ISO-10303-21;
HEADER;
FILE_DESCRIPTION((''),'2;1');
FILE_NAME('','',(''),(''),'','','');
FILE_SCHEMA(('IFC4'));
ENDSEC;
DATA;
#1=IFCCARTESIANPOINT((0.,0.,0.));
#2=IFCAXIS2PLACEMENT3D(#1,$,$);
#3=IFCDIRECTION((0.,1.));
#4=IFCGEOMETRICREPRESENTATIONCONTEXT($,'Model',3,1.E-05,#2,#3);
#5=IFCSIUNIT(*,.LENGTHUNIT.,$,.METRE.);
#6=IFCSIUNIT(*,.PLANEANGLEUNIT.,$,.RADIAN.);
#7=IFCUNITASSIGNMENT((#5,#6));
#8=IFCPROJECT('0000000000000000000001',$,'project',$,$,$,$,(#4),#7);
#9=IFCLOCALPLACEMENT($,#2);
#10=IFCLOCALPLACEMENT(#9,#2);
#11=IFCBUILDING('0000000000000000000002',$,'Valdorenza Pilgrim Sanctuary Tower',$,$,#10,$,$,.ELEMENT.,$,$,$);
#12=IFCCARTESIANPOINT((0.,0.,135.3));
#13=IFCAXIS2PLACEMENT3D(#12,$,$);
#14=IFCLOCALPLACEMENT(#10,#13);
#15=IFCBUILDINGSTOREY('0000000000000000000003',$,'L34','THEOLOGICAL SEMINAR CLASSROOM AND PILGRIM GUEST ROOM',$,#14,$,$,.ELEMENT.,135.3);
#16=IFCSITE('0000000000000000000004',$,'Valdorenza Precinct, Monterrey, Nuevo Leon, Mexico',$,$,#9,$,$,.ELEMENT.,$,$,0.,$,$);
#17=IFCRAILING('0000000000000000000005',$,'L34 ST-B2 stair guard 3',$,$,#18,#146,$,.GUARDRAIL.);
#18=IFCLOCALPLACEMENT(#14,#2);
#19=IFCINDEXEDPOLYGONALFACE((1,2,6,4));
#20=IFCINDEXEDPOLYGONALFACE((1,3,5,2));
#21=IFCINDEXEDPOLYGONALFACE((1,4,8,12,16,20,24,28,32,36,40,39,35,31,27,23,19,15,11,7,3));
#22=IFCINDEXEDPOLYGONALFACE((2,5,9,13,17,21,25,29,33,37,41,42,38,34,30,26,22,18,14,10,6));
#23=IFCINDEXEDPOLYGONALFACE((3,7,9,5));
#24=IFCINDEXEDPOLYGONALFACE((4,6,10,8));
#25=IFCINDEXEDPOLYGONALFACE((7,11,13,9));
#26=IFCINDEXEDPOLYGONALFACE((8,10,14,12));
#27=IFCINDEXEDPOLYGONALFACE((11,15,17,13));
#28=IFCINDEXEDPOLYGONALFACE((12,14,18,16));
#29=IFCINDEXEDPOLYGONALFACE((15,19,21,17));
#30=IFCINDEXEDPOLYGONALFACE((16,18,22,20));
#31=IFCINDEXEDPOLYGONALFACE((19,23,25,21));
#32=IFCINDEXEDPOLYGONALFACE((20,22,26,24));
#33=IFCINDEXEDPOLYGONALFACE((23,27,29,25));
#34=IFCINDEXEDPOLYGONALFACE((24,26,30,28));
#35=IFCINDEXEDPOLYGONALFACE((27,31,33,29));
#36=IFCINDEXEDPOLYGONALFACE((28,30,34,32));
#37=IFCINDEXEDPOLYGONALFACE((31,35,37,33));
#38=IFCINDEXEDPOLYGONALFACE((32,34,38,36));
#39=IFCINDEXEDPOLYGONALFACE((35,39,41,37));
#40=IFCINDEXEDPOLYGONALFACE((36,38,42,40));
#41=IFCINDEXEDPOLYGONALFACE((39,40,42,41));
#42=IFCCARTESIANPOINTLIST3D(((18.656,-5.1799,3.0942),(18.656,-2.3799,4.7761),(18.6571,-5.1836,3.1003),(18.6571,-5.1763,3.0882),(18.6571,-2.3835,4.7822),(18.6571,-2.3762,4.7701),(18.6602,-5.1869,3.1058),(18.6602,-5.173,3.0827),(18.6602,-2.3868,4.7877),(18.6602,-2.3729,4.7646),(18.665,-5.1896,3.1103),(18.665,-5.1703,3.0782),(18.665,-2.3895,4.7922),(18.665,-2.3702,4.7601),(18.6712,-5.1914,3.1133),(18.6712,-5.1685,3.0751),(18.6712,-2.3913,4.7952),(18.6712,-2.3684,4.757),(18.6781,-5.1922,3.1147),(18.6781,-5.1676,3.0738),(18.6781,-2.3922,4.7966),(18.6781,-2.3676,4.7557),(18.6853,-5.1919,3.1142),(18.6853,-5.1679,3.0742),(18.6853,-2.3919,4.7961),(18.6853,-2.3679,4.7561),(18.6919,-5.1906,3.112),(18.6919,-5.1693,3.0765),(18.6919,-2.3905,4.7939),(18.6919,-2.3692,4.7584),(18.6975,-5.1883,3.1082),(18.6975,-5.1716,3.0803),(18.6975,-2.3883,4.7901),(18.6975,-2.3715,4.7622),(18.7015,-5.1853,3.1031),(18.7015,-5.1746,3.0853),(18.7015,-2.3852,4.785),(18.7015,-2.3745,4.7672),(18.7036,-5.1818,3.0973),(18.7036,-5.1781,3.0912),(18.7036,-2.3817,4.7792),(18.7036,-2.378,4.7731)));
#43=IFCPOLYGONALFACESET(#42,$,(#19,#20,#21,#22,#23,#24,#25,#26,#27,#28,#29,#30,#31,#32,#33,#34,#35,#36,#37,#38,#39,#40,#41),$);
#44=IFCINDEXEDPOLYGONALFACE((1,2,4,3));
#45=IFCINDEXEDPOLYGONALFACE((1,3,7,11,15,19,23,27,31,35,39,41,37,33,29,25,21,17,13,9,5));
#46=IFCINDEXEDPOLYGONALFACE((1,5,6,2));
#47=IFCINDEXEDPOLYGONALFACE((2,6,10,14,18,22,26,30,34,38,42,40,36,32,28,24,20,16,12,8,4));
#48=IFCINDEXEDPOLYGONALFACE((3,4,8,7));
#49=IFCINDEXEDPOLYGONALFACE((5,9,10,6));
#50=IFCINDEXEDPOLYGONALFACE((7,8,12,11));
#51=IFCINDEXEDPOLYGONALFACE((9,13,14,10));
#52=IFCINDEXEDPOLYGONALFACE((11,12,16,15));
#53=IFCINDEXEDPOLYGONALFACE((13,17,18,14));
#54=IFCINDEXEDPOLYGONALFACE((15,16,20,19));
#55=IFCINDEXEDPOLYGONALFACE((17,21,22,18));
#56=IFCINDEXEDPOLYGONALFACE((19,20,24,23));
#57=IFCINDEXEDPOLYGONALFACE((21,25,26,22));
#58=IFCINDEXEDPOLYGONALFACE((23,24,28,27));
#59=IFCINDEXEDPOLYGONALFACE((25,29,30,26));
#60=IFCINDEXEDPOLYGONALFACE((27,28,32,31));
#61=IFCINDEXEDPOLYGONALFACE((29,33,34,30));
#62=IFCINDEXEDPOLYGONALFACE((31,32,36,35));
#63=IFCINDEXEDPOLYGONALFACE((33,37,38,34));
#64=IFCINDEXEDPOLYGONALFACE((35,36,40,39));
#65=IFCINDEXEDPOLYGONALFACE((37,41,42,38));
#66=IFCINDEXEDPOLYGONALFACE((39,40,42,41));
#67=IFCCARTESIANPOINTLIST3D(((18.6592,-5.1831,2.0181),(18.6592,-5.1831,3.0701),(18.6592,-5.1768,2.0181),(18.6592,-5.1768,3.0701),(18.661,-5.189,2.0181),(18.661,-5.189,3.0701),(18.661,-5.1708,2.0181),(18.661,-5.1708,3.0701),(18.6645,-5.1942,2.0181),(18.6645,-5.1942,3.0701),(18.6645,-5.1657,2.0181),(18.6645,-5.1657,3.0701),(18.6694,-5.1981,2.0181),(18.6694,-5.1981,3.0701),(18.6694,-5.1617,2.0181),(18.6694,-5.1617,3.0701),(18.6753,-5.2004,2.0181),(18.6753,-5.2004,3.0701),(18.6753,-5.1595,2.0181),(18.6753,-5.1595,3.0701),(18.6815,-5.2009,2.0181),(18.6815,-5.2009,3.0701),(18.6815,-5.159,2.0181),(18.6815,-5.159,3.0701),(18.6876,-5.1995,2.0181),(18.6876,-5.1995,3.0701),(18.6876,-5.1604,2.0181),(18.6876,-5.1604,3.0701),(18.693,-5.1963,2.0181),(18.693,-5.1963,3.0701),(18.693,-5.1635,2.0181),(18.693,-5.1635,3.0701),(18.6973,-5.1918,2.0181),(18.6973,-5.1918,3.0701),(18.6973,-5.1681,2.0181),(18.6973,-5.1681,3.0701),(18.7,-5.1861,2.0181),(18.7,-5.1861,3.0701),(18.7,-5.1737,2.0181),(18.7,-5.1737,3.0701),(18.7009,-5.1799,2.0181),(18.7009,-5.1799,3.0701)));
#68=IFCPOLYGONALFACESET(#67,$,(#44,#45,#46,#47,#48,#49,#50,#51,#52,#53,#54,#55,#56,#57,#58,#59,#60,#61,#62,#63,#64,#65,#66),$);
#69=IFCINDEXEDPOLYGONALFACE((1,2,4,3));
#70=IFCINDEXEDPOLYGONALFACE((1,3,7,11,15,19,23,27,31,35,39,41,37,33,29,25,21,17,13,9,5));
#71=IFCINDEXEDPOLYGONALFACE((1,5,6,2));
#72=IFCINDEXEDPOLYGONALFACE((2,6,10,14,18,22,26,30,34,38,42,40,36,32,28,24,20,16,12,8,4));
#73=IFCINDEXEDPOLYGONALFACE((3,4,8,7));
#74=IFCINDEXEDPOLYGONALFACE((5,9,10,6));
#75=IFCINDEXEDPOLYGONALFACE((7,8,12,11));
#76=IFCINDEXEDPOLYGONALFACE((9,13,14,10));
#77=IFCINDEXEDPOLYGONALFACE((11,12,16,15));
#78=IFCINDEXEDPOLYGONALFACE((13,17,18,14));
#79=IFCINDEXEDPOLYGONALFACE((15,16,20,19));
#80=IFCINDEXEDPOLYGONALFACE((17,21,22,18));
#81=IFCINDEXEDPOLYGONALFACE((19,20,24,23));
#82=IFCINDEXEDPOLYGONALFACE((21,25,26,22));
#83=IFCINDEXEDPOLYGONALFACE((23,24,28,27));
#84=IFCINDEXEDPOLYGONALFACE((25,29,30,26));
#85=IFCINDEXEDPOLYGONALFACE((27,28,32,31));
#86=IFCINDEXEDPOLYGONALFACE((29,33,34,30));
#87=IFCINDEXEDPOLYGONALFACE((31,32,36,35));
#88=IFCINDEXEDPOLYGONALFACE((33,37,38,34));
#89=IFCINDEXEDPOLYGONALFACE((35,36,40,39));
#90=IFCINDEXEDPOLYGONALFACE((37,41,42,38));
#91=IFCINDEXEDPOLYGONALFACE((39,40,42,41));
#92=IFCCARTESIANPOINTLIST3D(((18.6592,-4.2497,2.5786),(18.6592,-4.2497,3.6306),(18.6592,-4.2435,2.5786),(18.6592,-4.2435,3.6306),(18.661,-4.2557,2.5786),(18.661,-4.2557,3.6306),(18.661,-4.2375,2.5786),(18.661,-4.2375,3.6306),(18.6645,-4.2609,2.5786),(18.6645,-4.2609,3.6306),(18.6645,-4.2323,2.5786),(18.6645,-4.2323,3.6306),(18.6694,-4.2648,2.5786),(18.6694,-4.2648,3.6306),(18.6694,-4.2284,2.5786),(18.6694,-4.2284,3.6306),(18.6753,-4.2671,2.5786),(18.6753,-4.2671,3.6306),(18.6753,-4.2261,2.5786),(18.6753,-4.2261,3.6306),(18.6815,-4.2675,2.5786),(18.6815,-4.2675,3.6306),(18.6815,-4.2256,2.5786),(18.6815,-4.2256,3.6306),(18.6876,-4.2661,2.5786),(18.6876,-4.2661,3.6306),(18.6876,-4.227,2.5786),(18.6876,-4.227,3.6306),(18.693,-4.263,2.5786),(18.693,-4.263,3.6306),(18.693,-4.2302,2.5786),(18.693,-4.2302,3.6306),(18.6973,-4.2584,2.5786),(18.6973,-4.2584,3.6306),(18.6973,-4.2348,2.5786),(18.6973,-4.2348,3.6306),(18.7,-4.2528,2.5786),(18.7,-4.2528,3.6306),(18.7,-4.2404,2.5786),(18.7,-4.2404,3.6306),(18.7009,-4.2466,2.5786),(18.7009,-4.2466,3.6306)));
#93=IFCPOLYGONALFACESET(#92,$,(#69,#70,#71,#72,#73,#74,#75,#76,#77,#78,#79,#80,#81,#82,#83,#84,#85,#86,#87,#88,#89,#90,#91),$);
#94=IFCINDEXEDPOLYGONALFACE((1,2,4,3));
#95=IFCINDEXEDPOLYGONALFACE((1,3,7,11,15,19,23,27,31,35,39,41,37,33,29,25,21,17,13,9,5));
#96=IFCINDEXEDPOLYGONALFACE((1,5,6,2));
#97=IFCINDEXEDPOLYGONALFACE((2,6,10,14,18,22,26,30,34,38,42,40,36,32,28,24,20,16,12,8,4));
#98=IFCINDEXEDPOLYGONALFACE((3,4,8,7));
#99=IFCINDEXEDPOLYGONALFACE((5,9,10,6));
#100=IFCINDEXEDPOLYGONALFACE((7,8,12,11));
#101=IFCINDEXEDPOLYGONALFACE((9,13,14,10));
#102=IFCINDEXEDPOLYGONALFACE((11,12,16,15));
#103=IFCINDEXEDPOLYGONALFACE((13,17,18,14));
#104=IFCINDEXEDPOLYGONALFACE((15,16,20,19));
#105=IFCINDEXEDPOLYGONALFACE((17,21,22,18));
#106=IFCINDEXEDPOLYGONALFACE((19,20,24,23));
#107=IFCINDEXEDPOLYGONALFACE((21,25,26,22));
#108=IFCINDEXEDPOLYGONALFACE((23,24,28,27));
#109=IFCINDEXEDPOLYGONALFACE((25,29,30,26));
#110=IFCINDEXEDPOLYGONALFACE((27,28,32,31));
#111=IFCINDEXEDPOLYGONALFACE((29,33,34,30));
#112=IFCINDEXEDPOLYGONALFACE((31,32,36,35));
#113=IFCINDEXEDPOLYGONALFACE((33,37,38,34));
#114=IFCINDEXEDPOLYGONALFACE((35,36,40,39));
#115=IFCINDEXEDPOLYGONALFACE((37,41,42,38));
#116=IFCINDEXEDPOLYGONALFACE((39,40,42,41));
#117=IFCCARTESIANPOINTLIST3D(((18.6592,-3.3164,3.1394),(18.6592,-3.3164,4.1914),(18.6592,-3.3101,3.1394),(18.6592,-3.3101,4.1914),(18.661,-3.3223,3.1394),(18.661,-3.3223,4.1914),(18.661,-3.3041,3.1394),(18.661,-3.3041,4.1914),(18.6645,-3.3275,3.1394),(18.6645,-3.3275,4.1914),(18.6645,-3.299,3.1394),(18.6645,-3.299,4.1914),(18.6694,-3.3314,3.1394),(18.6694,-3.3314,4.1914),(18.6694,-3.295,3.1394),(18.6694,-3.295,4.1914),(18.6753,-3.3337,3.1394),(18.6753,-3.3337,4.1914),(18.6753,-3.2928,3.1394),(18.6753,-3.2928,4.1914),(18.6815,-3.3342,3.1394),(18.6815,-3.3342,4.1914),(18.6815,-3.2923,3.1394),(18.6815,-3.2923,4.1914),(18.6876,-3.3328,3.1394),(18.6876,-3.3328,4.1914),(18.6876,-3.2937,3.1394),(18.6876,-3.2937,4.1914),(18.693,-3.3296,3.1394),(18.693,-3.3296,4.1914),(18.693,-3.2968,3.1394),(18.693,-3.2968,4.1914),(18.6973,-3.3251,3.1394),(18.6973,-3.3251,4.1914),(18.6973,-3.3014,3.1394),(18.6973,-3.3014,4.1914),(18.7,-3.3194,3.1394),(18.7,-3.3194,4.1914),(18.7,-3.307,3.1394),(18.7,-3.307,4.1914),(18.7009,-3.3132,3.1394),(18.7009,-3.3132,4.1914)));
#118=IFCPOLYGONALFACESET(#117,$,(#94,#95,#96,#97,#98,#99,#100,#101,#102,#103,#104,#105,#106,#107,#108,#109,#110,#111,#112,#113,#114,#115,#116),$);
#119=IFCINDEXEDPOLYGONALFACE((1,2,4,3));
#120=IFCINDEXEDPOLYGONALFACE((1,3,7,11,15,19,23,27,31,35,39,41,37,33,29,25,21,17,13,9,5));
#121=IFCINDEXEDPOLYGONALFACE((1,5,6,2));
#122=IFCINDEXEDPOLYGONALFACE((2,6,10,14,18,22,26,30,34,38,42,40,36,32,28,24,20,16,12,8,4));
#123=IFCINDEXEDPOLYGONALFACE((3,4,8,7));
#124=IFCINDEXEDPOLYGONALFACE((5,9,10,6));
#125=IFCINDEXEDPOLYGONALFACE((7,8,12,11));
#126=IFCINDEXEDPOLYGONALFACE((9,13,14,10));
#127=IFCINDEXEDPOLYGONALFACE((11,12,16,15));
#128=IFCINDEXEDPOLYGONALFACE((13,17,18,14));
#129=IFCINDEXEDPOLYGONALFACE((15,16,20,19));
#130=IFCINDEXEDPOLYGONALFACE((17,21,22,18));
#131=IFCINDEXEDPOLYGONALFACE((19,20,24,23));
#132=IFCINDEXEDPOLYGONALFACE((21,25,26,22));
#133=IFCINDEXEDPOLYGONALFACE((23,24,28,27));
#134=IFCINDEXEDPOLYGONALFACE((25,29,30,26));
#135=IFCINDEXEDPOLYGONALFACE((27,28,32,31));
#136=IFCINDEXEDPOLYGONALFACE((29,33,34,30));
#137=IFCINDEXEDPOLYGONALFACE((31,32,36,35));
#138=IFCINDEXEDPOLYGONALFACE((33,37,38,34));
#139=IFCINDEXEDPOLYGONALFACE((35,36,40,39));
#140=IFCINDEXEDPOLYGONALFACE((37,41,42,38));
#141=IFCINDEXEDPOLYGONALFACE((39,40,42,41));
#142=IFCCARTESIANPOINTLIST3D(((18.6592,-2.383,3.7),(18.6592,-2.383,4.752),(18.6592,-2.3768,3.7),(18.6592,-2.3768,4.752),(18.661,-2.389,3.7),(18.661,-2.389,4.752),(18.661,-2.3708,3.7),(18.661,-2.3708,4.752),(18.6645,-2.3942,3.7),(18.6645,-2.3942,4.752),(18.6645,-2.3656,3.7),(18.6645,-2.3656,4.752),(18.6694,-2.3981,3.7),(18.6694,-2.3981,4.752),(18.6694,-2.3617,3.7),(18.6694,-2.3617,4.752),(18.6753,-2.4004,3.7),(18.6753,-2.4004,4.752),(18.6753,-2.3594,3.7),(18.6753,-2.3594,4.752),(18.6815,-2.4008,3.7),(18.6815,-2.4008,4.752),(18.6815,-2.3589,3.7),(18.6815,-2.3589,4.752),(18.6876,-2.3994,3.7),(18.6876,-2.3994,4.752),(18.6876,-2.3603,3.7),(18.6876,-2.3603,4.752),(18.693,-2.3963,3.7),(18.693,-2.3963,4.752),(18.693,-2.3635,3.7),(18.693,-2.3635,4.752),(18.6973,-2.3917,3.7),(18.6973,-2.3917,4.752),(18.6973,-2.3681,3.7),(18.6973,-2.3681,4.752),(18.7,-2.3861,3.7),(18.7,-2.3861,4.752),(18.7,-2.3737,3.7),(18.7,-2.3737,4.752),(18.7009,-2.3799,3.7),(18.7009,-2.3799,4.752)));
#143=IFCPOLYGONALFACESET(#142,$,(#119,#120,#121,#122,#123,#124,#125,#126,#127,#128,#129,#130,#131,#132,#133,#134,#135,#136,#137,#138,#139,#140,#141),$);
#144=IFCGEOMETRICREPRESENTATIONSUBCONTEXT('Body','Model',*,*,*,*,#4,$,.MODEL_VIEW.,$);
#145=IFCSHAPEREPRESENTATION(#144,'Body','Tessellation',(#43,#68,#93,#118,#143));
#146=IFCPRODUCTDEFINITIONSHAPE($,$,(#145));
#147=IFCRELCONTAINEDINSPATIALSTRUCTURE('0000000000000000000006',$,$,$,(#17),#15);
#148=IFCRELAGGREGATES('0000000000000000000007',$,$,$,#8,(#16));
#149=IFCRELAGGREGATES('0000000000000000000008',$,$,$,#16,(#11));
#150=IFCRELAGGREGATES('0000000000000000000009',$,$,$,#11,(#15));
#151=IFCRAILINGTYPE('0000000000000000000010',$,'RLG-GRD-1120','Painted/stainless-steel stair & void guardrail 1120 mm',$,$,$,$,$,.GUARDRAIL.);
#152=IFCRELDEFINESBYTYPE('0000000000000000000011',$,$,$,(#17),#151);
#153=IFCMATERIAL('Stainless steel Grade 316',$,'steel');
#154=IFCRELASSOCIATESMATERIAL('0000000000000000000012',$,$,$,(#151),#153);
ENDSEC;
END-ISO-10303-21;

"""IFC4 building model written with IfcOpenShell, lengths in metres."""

from ifc_helpers import new_model, si_unit, direction, frame, origin, origin_2d, place, context, subcontext, project, spatial, circle, extrude, material, type_object, element, save


model = new_model("IFC4")

# Units and contexts
model_context = context("Model", 3, precision=1e-05, world=origin(), true_north=direction((0.0, 1.0)))
body_context = subcontext(model_context, "Body", "Model", "MODEL_VIEW")
ifc_project = project(units=[si_unit("LENGTHUNIT", "METRE"), si_unit("PLANEANGLEUNIT", "RADIAN")], contexts=[model_context])

# Site, building, storey
site_placement = place(None, origin())
site = spatial("IfcSite", under=ifc_project, at=site_placement, Name="Valdorenza Precinct, Monterrey, Nuevo Leon, Mexico", CompositionType="ELEMENT", RefElevation=0.0)
building_placement = place(site_placement, origin())
building = spatial("IfcBuilding", under=site, at=building_placement, Name="Valdorenza Pilgrim Sanctuary Tower", CompositionType="ELEMENT")
storey_placement = place(building_placement, frame((0.0, 0.0, 135.3)))
storey = spatial("IfcBuildingStorey", under=building, at=storey_placement, Name="L34", Description="THEOLOGICAL SEMINAR CLASSROOM AND PILGRIM GUEST ROOM", CompositionType="ELEMENT", Elevation=135.3)

# Railing
ifc_material_1 = material(Name="Stainless steel Grade 316", Category="steel")
railing_type_1 = type_object("IfcRailingType", Name="RLG-GRD-1120", Description="Painted/stainless-steel stair & void guardrail 1120 mm", PredefinedType="GUARDRAIL", material=ifc_material_1)
railing_1_placement = place(storey_placement, frame((18.6799, -5.1799, 2.0181)))
element("IfcRailing", 1, at=railing_1_placement, inside=storey, type_object=railing_type_1, Name="L34 ST-B2 stair guard 3", PredefinedType="GUARDRAIL", context=body_context, shape_type="SweptSolid", body=[
    extrude(circle(Radius=0.0239, at=origin_2d()), frame((0.0, 0.0, 1.0762), z_axis=(0.0, 0.857242, 0.514913), x_axis=(-1.0, 0.0, 0.0)), (0.0, 0.0, 1.0), 3.2664),
    extrude(circle(Radius=0.021, at=origin_2d()), origin(), (0.0, 0.0, 1.0), 1.052),
    extrude(circle(Radius=0.021, at=origin_2d()), frame((0.0, 0.9333, 0.5605)), (0.0, 0.0, 1.0), 1.052),
    extrude(circle(Radius=0.021, at=origin_2d()), frame((0.0, 1.8667, 1.1213)), (0.0, 0.0, 1.0), 1.052),
    extrude(circle(Radius=0.021, at=origin_2d()), frame((0.0, 2.8, 1.6819)), (0.0, 0.0, 1.0), 1.052),
])

save(model, "model.ifc")
